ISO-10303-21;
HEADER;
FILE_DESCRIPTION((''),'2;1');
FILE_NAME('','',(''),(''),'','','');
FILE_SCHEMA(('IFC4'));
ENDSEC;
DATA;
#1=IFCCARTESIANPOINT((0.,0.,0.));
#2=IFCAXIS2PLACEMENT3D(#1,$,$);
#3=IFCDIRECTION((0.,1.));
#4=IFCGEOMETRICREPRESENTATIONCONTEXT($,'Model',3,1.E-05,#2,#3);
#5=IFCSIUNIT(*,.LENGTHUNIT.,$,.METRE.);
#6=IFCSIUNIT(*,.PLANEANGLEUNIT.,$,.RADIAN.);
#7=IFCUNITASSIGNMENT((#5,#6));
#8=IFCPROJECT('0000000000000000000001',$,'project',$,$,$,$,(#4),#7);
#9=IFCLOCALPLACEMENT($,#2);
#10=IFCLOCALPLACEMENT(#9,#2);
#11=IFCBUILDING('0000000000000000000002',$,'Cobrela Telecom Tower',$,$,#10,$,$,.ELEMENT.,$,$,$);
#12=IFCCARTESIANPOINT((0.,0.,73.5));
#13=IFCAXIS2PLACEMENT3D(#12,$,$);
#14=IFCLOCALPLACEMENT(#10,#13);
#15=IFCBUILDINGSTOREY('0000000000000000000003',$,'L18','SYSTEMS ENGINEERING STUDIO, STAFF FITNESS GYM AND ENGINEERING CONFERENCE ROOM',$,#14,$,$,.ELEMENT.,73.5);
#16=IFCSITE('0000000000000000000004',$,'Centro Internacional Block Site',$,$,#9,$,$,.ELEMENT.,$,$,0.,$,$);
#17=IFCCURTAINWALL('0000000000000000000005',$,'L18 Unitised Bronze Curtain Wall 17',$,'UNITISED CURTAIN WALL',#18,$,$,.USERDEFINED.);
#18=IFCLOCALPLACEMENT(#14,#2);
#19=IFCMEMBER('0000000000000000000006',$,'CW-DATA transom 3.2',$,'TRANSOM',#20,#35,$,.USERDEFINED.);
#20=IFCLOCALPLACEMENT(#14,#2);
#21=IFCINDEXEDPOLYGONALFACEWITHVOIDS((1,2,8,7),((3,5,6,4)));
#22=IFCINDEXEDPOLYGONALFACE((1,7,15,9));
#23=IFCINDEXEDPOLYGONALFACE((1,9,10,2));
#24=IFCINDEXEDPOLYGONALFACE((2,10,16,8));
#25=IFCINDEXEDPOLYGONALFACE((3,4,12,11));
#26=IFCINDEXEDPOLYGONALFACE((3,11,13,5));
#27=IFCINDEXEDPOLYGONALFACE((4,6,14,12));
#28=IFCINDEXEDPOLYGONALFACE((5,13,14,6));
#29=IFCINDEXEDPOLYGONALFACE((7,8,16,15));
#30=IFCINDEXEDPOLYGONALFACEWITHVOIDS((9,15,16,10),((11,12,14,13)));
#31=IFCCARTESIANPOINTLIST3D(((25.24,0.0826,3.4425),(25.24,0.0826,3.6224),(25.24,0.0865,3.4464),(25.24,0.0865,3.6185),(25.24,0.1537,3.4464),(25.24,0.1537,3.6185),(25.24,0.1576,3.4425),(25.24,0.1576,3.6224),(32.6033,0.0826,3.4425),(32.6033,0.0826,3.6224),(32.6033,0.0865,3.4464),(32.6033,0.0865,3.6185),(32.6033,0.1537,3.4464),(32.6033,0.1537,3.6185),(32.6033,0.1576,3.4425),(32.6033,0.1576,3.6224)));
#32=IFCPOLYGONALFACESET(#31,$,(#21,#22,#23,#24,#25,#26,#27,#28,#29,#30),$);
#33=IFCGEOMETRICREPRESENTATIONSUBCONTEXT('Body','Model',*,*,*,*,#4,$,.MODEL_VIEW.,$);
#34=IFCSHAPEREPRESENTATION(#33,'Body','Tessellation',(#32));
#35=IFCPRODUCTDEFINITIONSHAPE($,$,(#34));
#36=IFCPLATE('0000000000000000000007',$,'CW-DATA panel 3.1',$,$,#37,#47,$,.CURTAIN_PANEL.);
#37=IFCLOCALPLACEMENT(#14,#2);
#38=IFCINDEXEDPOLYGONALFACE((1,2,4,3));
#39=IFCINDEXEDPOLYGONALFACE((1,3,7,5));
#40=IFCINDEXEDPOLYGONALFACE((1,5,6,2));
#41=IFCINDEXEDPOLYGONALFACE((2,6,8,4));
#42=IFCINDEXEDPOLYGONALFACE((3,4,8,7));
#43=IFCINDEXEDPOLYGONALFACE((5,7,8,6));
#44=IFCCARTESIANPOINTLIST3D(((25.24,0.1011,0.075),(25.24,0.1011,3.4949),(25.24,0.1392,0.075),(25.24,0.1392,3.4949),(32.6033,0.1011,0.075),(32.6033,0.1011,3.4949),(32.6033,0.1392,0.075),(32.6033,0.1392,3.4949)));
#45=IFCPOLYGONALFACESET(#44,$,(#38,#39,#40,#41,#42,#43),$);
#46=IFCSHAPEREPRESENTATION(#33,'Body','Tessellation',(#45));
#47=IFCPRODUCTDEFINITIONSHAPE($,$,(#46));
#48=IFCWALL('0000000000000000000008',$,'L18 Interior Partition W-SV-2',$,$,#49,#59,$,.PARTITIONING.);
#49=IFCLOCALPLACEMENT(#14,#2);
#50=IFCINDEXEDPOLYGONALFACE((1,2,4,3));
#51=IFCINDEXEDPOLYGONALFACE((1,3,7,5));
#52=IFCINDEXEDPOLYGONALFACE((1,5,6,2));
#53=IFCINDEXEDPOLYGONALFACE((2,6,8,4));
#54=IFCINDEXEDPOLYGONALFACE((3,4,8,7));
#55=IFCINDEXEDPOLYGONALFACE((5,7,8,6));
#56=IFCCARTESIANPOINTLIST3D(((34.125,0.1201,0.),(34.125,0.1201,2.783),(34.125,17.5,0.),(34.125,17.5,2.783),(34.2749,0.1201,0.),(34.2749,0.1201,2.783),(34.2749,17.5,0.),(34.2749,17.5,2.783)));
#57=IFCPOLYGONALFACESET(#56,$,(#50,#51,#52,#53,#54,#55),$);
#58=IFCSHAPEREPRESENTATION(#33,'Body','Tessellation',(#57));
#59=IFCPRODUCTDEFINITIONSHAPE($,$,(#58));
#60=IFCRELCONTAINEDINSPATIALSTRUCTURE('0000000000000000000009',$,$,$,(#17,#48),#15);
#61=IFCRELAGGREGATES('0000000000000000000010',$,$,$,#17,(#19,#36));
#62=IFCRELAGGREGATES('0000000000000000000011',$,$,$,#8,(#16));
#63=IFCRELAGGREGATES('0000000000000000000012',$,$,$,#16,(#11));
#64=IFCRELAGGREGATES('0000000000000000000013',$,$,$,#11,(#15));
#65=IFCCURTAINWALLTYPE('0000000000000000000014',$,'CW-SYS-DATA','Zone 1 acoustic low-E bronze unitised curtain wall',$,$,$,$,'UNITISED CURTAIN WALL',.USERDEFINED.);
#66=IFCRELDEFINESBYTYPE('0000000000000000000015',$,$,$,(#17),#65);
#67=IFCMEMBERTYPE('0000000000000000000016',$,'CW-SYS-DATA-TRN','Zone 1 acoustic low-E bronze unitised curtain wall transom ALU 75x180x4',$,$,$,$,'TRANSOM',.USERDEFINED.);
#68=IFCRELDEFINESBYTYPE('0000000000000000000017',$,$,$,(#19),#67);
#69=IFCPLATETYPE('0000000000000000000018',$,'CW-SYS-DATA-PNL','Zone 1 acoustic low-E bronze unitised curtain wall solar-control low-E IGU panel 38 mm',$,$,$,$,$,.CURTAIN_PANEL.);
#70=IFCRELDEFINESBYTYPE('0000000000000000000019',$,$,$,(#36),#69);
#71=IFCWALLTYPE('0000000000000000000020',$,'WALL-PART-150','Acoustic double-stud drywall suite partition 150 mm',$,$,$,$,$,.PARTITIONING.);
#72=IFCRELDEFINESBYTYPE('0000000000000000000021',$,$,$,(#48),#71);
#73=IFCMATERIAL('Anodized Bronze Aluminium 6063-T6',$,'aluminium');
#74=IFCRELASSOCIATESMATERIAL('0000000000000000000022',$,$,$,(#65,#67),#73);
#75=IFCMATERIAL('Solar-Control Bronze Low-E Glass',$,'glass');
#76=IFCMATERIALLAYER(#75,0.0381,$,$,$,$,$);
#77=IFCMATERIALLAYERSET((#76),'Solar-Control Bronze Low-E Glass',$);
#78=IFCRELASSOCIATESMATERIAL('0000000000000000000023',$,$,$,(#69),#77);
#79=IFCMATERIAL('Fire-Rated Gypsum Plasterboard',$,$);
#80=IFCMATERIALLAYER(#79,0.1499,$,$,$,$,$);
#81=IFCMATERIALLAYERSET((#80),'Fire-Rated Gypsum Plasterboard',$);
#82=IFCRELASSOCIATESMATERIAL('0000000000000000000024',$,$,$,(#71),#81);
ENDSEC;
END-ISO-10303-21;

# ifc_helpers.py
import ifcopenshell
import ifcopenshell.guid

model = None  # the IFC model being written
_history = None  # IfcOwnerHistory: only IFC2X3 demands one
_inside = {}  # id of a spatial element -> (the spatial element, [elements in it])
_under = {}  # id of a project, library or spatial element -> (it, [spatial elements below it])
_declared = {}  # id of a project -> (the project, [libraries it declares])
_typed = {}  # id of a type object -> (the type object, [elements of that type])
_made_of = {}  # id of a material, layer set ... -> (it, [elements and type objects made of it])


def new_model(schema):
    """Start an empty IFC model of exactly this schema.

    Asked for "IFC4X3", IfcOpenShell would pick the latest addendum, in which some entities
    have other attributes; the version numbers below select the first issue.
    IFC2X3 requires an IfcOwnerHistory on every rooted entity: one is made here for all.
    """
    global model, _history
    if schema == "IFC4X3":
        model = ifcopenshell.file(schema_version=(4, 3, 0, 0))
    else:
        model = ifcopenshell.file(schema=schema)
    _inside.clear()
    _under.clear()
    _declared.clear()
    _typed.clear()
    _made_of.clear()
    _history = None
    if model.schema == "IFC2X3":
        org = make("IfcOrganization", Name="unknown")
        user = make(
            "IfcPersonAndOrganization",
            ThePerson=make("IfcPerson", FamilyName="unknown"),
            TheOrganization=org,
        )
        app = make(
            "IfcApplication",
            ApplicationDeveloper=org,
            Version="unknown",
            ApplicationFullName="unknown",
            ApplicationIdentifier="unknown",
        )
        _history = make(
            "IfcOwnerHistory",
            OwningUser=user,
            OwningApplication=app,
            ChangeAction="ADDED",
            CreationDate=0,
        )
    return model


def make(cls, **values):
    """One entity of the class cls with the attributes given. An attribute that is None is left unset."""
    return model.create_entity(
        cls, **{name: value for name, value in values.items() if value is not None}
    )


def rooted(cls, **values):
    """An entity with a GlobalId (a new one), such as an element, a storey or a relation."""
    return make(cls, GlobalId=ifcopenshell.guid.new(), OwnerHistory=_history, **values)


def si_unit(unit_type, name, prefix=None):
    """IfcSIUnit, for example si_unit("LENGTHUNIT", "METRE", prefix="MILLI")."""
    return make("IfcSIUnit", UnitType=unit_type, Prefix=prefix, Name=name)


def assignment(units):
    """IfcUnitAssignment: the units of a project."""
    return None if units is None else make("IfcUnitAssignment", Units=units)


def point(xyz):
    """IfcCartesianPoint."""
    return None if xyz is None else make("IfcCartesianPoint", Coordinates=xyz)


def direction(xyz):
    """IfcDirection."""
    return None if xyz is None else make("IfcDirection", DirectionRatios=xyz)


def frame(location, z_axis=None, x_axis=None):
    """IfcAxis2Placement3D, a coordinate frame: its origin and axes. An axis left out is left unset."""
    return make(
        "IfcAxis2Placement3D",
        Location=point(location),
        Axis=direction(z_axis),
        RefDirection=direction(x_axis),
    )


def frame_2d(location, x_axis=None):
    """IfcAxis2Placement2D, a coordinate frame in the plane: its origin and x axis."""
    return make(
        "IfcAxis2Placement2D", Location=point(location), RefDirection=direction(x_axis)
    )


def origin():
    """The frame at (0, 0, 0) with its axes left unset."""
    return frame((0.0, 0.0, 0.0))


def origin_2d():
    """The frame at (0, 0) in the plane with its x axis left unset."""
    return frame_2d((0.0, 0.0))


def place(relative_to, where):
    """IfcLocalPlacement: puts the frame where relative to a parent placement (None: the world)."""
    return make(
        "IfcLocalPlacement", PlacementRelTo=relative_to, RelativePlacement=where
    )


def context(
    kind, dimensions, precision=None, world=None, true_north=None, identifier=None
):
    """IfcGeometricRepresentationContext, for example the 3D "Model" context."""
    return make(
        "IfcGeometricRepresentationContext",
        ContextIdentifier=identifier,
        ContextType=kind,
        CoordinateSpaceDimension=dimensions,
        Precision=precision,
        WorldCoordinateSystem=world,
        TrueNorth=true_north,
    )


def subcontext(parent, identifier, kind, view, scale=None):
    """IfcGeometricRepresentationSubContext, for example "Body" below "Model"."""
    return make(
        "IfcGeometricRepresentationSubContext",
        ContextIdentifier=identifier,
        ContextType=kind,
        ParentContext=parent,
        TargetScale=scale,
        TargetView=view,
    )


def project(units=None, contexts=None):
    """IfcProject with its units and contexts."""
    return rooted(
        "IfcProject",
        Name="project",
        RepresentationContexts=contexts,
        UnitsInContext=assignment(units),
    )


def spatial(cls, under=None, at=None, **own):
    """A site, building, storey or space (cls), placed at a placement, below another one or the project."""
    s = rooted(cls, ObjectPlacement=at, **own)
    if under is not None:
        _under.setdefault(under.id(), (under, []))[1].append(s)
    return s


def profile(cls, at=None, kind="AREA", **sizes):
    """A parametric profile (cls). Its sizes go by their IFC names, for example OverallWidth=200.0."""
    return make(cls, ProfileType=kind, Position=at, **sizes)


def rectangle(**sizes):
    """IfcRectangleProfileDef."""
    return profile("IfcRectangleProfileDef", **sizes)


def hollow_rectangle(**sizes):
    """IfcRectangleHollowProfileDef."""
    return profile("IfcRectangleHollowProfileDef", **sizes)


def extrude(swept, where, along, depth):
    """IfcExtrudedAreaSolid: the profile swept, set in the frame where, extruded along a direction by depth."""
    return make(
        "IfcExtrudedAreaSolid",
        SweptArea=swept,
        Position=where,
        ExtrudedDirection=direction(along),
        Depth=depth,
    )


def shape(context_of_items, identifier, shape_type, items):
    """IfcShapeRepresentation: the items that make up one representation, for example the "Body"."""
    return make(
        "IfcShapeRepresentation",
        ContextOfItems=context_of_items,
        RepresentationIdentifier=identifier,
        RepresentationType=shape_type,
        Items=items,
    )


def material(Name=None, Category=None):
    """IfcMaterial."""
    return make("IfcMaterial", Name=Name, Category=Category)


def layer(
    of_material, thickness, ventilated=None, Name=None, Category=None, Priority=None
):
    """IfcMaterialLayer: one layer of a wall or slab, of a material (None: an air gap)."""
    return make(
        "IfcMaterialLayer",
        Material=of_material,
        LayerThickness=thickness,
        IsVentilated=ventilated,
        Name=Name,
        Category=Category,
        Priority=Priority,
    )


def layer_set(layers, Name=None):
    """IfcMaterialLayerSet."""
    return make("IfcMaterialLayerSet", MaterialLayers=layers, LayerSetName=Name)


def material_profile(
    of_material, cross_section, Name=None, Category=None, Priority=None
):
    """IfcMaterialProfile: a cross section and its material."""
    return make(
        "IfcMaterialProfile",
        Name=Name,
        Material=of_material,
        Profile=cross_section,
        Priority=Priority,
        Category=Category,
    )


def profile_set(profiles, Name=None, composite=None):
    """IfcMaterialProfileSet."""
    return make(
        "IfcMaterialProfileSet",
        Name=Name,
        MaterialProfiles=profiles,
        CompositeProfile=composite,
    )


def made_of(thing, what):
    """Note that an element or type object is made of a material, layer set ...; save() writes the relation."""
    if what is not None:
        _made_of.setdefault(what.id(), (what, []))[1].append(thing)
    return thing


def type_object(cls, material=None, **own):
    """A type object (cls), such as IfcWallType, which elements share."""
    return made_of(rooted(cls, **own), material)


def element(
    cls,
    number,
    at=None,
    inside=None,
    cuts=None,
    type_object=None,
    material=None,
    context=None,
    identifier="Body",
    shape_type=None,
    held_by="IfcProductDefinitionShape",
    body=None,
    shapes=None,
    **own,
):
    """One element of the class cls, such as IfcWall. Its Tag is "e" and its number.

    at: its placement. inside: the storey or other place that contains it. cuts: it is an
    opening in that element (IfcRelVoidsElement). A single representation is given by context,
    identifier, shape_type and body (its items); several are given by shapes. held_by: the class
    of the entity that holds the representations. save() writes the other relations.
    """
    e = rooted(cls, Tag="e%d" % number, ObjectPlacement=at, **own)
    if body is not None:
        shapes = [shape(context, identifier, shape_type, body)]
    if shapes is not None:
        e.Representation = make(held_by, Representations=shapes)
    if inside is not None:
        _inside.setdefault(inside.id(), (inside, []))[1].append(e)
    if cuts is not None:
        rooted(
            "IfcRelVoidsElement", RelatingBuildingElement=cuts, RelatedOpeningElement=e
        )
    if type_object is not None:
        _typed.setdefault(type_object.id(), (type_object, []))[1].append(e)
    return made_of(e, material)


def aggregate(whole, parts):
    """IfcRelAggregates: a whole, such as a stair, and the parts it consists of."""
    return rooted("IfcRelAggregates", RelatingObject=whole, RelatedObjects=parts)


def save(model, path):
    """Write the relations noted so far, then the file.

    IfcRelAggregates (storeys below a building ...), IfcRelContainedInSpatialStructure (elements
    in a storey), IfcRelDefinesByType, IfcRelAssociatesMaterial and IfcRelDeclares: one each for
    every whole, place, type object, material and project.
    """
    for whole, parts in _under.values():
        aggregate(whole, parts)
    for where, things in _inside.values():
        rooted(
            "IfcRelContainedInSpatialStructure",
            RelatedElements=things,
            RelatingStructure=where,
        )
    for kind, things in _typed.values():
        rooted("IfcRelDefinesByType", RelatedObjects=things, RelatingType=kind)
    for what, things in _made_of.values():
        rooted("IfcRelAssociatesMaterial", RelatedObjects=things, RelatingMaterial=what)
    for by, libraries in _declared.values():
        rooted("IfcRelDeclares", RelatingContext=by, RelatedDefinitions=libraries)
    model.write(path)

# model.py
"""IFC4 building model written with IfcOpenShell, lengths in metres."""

from ifc_helpers import new_model, si_unit, direction, frame, frame_2d, origin, origin_2d, place, context, subcontext, project, spatial, rectangle, hollow_rectangle, extrude, material, layer, layer_set, material_profile, profile_set, type_object, element, aggregate, save


model = new_model("IFC4")

# Units and contexts
model_context = context("Model", 3, precision=1e-05, world=origin(), true_north=direction((0.0, 1.0)))
body_context = subcontext(model_context, "Body", "Model", "MODEL_VIEW")
ifc_project = project(units=[si_unit("LENGTHUNIT", "METRE"), si_unit("PLANEANGLEUNIT", "RADIAN")], contexts=[model_context])

# Site, building, storey
site_placement = place(None, origin())
site = spatial("IfcSite", under=ifc_project, at=site_placement, Name="Centro Internacional Block Site", CompositionType="ELEMENT", RefElevation=0.0)
building_placement = place(site_placement, origin())
building = spatial("IfcBuilding", under=site, at=building_placement, Name="Cobrela Telecom Tower", CompositionType="ELEMENT")
storey_placement = place(building_placement, frame((0.0, 0.0, 73.5)))
storey = spatial("IfcBuildingStorey", under=building, at=storey_placement, Name="L18", Description="SYSTEMS ENGINEERING STUDIO, STAFF FITNESS GYM AND ENGINEERING CONFERENCE ROOM", CompositionType="ELEMENT", Elevation=73.5)

# Curtain wall, member, plate
ifc_material_1 = material(Name="Anodized Bronze Aluminium 6063-T6", Category="aluminium")
curtain_wall_type = type_object("IfcCurtainWallType", Name="CW-SYS-DATA", Description="Zone 1 acoustic low-E bronze unitised curtain wall", ElementType="UNITISED CURTAIN WALL", PredefinedType="USERDEFINED", material=ifc_material_1)
curtain_wall_placement = place(storey_placement, origin())
curtain_wall = element("IfcCurtainWall", 1, at=curtain_wall_placement, inside=storey, type_object=curtain_wall_type, Name="L18 Unitised Bronze Curtain Wall 17", ObjectType="UNITISED CURTAIN WALL", PredefinedType="USERDEFINED")
ifc_material_profile_1 = material_profile(ifc_material_1, hollow_rectangle(XDim=0.075, YDim=0.1799, WallThickness=0.0039, at=origin_2d()), Name="ALU 75x180x4")
ifc_profile_set_1 = profile_set([ifc_material_profile_1], Name="Anodized Bronze Aluminium 6063-T6")
member_type_1 = type_object("IfcMemberType", Name="CW-SYS-DATA-TRN", Description="Zone 1 acoustic low-E bronze unitised curtain wall transom ALU 75x180x4", ElementType="TRANSOM", PredefinedType="USERDEFINED", material=ifc_profile_set_1)
member_1_placement = place(storey_placement, frame((32.6033, 0.1201, 3.5325), z_axis=(-1.0, 0.0, 0.0), x_axis=(0.0, -1.0, 0.0)))
member_1 = element("IfcMember", 2, at=member_1_placement, type_object=member_type_1, Name="CW-DATA transom 3.2", ObjectType="TRANSOM", PredefinedType="USERDEFINED", context=body_context, shape_type="SweptSolid", body=[
    extrude(hollow_rectangle(XDim=0.075, YDim=0.1799, WallThickness=0.0039, at=origin_2d()), origin(), (0.0, 0.0, 1.0), 7.3633),
])
ifc_material_2 = material(Name="Solar-Control Bronze Low-E Glass", Category="glass")
ifc_layer_1 = layer(ifc_material_2, 0.0381)
ifc_layer_set_1 = layer_set([ifc_layer_1], Name="Solar-Control Bronze Low-E Glass")
plate_type = type_object("IfcPlateType", Name="CW-SYS-DATA-PNL", Description="Zone 1 acoustic low-E bronze unitised curtain wall solar-control low-E IGU panel 38 mm", PredefinedType="CURTAIN_PANEL", material=ifc_layer_set_1)
plate_placement = place(storey_placement, frame((28.9216, 0.1201, 0.075), z_axis=(0.0, 0.0, 1.0), x_axis=(-1.0, 0.0, 0.0)))
plate = element("IfcPlate", 3, at=plate_placement, type_object=plate_type, Name="CW-DATA panel 3.1", PredefinedType="CURTAIN_PANEL", context=body_context, shape_type="SweptSolid", body=[
    extrude(rectangle(XDim=7.3633, YDim=0.0381, at=origin_2d()), origin(), (0.0, 0.0, 1.0), 3.4199),
])
aggregate(curtain_wall, [member_1, plate])

# Wall
ifc_material_3 = material(Name="Fire-Rated Gypsum Plasterboard")
ifc_layer_2 = layer(ifc_material_3, 0.1499)
ifc_layer_set_2 = layer_set([ifc_layer_2], Name="Fire-Rated Gypsum Plasterboard")
wall_type = type_object("IfcWallType", Name="WALL-PART-150", Description="Acoustic double-stud drywall suite partition 150 mm", PredefinedType="PARTITIONING", material=ifc_layer_set_2)
wall_placement = place(storey_placement, frame((34.2, 0.1201, 0.0), z_axis=(0.0, 0.0, 1.0), x_axis=(0.0, 1.0, 0.0)))
element("IfcWall", 4, at=wall_placement, inside=storey, type_object=wall_type, Name="L18 Interior Partition W-SV-2", PredefinedType="PARTITIONING", context=body_context, shape_type="SweptSolid", body=[
    extrude(rectangle(XDim=17.3799, YDim=0.1499, at=frame_2d((8.6899, 0.0))), origin(), (0.0, 0.0, 1.0), 2.783),
])

save(model, "model.ifc")
